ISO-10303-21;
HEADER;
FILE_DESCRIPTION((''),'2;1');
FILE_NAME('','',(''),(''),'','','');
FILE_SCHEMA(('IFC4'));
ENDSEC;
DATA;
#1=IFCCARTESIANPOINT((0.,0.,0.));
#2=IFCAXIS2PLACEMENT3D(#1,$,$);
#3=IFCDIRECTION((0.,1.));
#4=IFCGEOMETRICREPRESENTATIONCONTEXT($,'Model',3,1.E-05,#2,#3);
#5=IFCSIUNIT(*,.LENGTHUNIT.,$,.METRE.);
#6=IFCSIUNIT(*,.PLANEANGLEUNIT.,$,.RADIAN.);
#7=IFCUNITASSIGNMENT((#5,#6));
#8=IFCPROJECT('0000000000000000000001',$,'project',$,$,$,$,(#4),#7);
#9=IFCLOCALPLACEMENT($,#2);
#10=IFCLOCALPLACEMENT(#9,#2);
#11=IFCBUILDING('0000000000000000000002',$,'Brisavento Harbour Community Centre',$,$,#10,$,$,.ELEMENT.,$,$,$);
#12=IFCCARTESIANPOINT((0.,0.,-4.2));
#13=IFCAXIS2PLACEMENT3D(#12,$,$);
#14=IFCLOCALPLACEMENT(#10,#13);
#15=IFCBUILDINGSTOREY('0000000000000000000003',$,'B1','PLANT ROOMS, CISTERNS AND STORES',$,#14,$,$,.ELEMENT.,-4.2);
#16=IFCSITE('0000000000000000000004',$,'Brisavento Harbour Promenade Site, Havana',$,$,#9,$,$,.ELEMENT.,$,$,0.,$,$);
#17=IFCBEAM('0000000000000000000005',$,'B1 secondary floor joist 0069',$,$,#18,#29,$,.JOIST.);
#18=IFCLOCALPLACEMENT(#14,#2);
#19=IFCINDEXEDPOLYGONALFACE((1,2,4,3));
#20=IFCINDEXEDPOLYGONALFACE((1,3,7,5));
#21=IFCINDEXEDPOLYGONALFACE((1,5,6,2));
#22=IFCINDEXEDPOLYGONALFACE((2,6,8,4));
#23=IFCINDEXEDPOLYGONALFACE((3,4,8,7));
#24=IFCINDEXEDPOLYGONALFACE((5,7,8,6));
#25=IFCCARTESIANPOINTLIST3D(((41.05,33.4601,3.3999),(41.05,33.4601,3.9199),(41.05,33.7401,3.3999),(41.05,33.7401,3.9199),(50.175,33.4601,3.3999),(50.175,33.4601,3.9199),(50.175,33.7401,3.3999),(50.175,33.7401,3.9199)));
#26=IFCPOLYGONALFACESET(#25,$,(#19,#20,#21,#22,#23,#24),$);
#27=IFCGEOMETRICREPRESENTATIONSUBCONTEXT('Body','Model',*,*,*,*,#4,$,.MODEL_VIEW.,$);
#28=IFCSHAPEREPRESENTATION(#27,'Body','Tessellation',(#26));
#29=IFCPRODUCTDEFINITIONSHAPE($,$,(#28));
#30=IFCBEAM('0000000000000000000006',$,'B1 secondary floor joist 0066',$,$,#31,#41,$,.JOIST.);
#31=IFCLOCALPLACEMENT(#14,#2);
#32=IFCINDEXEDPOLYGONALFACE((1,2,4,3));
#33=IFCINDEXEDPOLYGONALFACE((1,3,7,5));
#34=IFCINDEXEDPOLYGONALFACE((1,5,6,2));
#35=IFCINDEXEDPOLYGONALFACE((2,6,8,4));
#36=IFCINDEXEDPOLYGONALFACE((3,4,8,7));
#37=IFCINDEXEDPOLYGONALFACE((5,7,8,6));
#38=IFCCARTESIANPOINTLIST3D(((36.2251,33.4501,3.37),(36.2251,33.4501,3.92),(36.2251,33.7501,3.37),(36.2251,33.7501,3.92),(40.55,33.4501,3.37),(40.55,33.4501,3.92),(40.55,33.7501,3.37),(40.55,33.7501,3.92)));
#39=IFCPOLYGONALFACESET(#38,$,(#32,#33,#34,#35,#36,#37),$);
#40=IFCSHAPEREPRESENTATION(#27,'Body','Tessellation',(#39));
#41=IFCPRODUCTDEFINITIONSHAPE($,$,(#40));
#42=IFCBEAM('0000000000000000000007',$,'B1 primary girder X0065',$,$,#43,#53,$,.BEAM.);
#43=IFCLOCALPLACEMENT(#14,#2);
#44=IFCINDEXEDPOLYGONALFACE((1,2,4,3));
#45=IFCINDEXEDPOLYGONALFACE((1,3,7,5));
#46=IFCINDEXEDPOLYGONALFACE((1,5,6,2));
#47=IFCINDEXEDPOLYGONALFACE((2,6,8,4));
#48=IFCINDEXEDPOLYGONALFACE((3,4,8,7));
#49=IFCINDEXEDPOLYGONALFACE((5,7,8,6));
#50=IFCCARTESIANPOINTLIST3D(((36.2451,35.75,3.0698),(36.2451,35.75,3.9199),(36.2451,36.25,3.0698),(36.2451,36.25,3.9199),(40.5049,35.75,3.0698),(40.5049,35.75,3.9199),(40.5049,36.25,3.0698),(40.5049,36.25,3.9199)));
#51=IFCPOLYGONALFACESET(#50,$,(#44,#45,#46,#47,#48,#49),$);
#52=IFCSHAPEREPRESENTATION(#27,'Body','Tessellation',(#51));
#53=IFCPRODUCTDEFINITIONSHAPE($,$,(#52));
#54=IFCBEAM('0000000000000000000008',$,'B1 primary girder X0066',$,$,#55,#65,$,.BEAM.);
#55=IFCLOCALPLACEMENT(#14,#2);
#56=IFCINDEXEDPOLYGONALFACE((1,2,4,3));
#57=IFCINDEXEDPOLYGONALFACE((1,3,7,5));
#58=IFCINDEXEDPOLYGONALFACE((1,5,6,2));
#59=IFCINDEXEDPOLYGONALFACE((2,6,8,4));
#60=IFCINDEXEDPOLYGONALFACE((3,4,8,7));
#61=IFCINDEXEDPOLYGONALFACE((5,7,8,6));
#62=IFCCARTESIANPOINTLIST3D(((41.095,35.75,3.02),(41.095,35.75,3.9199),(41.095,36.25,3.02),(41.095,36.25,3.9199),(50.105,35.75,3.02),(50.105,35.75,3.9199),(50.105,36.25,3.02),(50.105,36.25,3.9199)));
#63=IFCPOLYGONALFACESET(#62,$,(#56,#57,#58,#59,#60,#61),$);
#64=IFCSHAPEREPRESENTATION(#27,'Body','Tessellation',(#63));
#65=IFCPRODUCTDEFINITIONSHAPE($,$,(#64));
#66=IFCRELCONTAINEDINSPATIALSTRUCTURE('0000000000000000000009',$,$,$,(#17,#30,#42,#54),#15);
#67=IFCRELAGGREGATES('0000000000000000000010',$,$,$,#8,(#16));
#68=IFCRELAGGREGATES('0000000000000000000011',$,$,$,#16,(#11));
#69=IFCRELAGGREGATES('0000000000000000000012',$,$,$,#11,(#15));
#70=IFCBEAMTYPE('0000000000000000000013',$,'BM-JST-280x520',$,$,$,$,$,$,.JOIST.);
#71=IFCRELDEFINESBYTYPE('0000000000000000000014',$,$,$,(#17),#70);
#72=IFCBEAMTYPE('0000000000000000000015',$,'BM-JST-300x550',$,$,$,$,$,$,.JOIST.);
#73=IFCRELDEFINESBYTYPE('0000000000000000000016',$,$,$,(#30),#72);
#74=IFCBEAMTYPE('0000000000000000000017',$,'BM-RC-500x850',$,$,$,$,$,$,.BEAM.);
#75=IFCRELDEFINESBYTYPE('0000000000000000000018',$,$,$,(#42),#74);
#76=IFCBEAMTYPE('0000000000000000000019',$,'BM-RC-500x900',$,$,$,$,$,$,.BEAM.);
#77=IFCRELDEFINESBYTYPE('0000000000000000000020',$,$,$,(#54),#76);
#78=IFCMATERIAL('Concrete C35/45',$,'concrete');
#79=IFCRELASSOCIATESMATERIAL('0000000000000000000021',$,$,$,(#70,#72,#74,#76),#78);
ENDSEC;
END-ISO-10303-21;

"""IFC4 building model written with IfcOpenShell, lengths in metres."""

from ifc_helpers import new_model, si_unit, direction, frame, origin, origin_2d, place, context, subcontext, project, spatial, rectangle, extrude, material, material_profile, profile_set, type_object, element, save


model = new_model("IFC4")

# Units and contexts
model_context = context("Model", 3, precision=1e-05, world=origin(), true_north=direction((0.0, 1.0)))
body_context = subcontext(model_context, "Body", "Model", "MODEL_VIEW")
ifc_project = project(units=[si_unit("LENGTHUNIT", "METRE"), si_unit("PLANEANGLEUNIT", "RADIAN")], contexts=[model_context])

# Site, building, storey
site_placement = place(None, origin())
site = spatial("IfcSite", under=ifc_project, at=site_placement, Name="Brisavento Harbour Promenade Site, Havana", CompositionType="ELEMENT", RefElevation=0.0)
building_placement = place(site_placement, origin())
building = spatial("IfcBuilding", under=site, at=building_placement, Name="Brisavento Harbour Community Centre", CompositionType="ELEMENT")
storey_placement = place(building_placement, frame((0.0, 0.0, -4.2)))
storey = spatial("IfcBuildingStorey", under=building, at=storey_placement, Name="B1", Description="PLANT ROOMS, CISTERNS AND STORES", CompositionType="ELEMENT", Elevation=-4.2)

# Shared definitions
ifc_material_1 = material(Name="Concrete C35/45", Category="concrete")

# Beams
ifc_material_profile_1 = material_profile(ifc_material_1, rectangle(XDim=0.28, YDim=0.52, at=origin_2d()), Name="Concrete C35/45")
ifc_profile_set_1 = profile_set([ifc_material_profile_1], Name="Concrete C35/45")
beam_type_1 = type_object("IfcBeamType", Name="BM-JST-280x520", PredefinedType="JOIST", material=ifc_profile_set_1)
beam_1_placement = place(storey_placement, frame((41.05, 33.6001, 3.6599), z_axis=(1.0, 0.0, 0.0), x_axis=(0.0, 1.0, 0.0)))
element("IfcBeam", 1, at=beam_1_placement, inside=storey, type_object=beam_type_1, Name="B1 secondary floor joist 0069", PredefinedType="JOIST", context=body_context, shape_type="SweptSolid", body=[
    extrude(rectangle(XDim=0.28, YDim=0.52, at=origin_2d()), origin(), (0.0, 0.0, 1.0), 9.125),
])
ifc_material_profile_2 = material_profile(ifc_material_1, rectangle(XDim=0.3, YDim=0.55, at=origin_2d()), Name="Concrete C35/45")
ifc_profile_set_2 = profile_set([ifc_material_profile_2], Name="Concrete C35/45")
beam_type_2 = type_object("IfcBeamType", Name="BM-JST-300x550", PredefinedType="JOIST", material=ifc_profile_set_2)
beam_2_placement = place(storey_placement, frame((36.2251, 33.6001, 3.645), z_axis=(1.0, 0.0, 0.0), x_axis=(0.0, 1.0, 0.0)))
element("IfcBeam", 2, at=beam_2_placement, inside=storey, type_object=beam_type_2, Name="B1 secondary floor joist 0066", PredefinedType="JOIST", context=body_context, shape_type="SweptSolid", body=[
    extrude(rectangle(XDim=0.3, YDim=0.55, at=origin_2d()), origin(), (0.0, 0.0, 1.0), 4.325),
])
ifc_material_profile_3 = material_profile(ifc_material_1, rectangle(XDim=0.5, YDim=0.8501, at=origin_2d()), Name="Concrete C35/45")
ifc_profile_set_3 = profile_set([ifc_material_profile_3], Name="Concrete C35/45")
beam_type_3 = type_object("IfcBeamType", Name="BM-RC-500x850", PredefinedType="BEAM", material=ifc_profile_set_3)
beam_3_placement = place(storey_placement, frame((36.2451, 36.0, 3.4949), z_axis=(1.0, 0.0, 0.0), x_axis=(0.0, 1.0, 0.0)))
element("IfcBeam", 3, at=beam_3_placement, inside=storey, type_object=beam_type_3, Name="B1 primary girder X0065", PredefinedType="BEAM", context=body_context, shape_type="SweptSolid", body=[
    extrude(rectangle(XDim=0.5, YDim=0.8501, at=origin_2d()), origin(), (0.0, 0.0, 1.0), 4.2598),
])
ifc_material_profile_4 = material_profile(ifc_material_1, rectangle(XDim=0.5, YDim=0.8999, at=origin_2d()), Name="Concrete C35/45")
ifc_profile_set_4 = profile_set([ifc_material_profile_4], Name="Concrete C35/45")
beam_type_4 = type_object("IfcBeamType", Name="BM-RC-500x900", PredefinedType="BEAM", material=ifc_profile_set_4)
beam_4_placement = place(storey_placement, frame((41.095, 36.0, 3.47), z_axis=(1.0, 0.0, 0.0), x_axis=(0.0, 1.0, 0.0)))
element("IfcBeam", 4, at=beam_4_placement, inside=storey, type_object=beam_type_4, Name="B1 primary girder X0066", PredefinedType="BEAM", context=body_context, shape_type="SweptSolid", body=[
    extrude(rectangle(XDim=0.5, YDim=0.8999, at=origin_2d()), origin(), (0.0, 0.0, 1.0), 9.01),
])

save(model, "model.ifc")
